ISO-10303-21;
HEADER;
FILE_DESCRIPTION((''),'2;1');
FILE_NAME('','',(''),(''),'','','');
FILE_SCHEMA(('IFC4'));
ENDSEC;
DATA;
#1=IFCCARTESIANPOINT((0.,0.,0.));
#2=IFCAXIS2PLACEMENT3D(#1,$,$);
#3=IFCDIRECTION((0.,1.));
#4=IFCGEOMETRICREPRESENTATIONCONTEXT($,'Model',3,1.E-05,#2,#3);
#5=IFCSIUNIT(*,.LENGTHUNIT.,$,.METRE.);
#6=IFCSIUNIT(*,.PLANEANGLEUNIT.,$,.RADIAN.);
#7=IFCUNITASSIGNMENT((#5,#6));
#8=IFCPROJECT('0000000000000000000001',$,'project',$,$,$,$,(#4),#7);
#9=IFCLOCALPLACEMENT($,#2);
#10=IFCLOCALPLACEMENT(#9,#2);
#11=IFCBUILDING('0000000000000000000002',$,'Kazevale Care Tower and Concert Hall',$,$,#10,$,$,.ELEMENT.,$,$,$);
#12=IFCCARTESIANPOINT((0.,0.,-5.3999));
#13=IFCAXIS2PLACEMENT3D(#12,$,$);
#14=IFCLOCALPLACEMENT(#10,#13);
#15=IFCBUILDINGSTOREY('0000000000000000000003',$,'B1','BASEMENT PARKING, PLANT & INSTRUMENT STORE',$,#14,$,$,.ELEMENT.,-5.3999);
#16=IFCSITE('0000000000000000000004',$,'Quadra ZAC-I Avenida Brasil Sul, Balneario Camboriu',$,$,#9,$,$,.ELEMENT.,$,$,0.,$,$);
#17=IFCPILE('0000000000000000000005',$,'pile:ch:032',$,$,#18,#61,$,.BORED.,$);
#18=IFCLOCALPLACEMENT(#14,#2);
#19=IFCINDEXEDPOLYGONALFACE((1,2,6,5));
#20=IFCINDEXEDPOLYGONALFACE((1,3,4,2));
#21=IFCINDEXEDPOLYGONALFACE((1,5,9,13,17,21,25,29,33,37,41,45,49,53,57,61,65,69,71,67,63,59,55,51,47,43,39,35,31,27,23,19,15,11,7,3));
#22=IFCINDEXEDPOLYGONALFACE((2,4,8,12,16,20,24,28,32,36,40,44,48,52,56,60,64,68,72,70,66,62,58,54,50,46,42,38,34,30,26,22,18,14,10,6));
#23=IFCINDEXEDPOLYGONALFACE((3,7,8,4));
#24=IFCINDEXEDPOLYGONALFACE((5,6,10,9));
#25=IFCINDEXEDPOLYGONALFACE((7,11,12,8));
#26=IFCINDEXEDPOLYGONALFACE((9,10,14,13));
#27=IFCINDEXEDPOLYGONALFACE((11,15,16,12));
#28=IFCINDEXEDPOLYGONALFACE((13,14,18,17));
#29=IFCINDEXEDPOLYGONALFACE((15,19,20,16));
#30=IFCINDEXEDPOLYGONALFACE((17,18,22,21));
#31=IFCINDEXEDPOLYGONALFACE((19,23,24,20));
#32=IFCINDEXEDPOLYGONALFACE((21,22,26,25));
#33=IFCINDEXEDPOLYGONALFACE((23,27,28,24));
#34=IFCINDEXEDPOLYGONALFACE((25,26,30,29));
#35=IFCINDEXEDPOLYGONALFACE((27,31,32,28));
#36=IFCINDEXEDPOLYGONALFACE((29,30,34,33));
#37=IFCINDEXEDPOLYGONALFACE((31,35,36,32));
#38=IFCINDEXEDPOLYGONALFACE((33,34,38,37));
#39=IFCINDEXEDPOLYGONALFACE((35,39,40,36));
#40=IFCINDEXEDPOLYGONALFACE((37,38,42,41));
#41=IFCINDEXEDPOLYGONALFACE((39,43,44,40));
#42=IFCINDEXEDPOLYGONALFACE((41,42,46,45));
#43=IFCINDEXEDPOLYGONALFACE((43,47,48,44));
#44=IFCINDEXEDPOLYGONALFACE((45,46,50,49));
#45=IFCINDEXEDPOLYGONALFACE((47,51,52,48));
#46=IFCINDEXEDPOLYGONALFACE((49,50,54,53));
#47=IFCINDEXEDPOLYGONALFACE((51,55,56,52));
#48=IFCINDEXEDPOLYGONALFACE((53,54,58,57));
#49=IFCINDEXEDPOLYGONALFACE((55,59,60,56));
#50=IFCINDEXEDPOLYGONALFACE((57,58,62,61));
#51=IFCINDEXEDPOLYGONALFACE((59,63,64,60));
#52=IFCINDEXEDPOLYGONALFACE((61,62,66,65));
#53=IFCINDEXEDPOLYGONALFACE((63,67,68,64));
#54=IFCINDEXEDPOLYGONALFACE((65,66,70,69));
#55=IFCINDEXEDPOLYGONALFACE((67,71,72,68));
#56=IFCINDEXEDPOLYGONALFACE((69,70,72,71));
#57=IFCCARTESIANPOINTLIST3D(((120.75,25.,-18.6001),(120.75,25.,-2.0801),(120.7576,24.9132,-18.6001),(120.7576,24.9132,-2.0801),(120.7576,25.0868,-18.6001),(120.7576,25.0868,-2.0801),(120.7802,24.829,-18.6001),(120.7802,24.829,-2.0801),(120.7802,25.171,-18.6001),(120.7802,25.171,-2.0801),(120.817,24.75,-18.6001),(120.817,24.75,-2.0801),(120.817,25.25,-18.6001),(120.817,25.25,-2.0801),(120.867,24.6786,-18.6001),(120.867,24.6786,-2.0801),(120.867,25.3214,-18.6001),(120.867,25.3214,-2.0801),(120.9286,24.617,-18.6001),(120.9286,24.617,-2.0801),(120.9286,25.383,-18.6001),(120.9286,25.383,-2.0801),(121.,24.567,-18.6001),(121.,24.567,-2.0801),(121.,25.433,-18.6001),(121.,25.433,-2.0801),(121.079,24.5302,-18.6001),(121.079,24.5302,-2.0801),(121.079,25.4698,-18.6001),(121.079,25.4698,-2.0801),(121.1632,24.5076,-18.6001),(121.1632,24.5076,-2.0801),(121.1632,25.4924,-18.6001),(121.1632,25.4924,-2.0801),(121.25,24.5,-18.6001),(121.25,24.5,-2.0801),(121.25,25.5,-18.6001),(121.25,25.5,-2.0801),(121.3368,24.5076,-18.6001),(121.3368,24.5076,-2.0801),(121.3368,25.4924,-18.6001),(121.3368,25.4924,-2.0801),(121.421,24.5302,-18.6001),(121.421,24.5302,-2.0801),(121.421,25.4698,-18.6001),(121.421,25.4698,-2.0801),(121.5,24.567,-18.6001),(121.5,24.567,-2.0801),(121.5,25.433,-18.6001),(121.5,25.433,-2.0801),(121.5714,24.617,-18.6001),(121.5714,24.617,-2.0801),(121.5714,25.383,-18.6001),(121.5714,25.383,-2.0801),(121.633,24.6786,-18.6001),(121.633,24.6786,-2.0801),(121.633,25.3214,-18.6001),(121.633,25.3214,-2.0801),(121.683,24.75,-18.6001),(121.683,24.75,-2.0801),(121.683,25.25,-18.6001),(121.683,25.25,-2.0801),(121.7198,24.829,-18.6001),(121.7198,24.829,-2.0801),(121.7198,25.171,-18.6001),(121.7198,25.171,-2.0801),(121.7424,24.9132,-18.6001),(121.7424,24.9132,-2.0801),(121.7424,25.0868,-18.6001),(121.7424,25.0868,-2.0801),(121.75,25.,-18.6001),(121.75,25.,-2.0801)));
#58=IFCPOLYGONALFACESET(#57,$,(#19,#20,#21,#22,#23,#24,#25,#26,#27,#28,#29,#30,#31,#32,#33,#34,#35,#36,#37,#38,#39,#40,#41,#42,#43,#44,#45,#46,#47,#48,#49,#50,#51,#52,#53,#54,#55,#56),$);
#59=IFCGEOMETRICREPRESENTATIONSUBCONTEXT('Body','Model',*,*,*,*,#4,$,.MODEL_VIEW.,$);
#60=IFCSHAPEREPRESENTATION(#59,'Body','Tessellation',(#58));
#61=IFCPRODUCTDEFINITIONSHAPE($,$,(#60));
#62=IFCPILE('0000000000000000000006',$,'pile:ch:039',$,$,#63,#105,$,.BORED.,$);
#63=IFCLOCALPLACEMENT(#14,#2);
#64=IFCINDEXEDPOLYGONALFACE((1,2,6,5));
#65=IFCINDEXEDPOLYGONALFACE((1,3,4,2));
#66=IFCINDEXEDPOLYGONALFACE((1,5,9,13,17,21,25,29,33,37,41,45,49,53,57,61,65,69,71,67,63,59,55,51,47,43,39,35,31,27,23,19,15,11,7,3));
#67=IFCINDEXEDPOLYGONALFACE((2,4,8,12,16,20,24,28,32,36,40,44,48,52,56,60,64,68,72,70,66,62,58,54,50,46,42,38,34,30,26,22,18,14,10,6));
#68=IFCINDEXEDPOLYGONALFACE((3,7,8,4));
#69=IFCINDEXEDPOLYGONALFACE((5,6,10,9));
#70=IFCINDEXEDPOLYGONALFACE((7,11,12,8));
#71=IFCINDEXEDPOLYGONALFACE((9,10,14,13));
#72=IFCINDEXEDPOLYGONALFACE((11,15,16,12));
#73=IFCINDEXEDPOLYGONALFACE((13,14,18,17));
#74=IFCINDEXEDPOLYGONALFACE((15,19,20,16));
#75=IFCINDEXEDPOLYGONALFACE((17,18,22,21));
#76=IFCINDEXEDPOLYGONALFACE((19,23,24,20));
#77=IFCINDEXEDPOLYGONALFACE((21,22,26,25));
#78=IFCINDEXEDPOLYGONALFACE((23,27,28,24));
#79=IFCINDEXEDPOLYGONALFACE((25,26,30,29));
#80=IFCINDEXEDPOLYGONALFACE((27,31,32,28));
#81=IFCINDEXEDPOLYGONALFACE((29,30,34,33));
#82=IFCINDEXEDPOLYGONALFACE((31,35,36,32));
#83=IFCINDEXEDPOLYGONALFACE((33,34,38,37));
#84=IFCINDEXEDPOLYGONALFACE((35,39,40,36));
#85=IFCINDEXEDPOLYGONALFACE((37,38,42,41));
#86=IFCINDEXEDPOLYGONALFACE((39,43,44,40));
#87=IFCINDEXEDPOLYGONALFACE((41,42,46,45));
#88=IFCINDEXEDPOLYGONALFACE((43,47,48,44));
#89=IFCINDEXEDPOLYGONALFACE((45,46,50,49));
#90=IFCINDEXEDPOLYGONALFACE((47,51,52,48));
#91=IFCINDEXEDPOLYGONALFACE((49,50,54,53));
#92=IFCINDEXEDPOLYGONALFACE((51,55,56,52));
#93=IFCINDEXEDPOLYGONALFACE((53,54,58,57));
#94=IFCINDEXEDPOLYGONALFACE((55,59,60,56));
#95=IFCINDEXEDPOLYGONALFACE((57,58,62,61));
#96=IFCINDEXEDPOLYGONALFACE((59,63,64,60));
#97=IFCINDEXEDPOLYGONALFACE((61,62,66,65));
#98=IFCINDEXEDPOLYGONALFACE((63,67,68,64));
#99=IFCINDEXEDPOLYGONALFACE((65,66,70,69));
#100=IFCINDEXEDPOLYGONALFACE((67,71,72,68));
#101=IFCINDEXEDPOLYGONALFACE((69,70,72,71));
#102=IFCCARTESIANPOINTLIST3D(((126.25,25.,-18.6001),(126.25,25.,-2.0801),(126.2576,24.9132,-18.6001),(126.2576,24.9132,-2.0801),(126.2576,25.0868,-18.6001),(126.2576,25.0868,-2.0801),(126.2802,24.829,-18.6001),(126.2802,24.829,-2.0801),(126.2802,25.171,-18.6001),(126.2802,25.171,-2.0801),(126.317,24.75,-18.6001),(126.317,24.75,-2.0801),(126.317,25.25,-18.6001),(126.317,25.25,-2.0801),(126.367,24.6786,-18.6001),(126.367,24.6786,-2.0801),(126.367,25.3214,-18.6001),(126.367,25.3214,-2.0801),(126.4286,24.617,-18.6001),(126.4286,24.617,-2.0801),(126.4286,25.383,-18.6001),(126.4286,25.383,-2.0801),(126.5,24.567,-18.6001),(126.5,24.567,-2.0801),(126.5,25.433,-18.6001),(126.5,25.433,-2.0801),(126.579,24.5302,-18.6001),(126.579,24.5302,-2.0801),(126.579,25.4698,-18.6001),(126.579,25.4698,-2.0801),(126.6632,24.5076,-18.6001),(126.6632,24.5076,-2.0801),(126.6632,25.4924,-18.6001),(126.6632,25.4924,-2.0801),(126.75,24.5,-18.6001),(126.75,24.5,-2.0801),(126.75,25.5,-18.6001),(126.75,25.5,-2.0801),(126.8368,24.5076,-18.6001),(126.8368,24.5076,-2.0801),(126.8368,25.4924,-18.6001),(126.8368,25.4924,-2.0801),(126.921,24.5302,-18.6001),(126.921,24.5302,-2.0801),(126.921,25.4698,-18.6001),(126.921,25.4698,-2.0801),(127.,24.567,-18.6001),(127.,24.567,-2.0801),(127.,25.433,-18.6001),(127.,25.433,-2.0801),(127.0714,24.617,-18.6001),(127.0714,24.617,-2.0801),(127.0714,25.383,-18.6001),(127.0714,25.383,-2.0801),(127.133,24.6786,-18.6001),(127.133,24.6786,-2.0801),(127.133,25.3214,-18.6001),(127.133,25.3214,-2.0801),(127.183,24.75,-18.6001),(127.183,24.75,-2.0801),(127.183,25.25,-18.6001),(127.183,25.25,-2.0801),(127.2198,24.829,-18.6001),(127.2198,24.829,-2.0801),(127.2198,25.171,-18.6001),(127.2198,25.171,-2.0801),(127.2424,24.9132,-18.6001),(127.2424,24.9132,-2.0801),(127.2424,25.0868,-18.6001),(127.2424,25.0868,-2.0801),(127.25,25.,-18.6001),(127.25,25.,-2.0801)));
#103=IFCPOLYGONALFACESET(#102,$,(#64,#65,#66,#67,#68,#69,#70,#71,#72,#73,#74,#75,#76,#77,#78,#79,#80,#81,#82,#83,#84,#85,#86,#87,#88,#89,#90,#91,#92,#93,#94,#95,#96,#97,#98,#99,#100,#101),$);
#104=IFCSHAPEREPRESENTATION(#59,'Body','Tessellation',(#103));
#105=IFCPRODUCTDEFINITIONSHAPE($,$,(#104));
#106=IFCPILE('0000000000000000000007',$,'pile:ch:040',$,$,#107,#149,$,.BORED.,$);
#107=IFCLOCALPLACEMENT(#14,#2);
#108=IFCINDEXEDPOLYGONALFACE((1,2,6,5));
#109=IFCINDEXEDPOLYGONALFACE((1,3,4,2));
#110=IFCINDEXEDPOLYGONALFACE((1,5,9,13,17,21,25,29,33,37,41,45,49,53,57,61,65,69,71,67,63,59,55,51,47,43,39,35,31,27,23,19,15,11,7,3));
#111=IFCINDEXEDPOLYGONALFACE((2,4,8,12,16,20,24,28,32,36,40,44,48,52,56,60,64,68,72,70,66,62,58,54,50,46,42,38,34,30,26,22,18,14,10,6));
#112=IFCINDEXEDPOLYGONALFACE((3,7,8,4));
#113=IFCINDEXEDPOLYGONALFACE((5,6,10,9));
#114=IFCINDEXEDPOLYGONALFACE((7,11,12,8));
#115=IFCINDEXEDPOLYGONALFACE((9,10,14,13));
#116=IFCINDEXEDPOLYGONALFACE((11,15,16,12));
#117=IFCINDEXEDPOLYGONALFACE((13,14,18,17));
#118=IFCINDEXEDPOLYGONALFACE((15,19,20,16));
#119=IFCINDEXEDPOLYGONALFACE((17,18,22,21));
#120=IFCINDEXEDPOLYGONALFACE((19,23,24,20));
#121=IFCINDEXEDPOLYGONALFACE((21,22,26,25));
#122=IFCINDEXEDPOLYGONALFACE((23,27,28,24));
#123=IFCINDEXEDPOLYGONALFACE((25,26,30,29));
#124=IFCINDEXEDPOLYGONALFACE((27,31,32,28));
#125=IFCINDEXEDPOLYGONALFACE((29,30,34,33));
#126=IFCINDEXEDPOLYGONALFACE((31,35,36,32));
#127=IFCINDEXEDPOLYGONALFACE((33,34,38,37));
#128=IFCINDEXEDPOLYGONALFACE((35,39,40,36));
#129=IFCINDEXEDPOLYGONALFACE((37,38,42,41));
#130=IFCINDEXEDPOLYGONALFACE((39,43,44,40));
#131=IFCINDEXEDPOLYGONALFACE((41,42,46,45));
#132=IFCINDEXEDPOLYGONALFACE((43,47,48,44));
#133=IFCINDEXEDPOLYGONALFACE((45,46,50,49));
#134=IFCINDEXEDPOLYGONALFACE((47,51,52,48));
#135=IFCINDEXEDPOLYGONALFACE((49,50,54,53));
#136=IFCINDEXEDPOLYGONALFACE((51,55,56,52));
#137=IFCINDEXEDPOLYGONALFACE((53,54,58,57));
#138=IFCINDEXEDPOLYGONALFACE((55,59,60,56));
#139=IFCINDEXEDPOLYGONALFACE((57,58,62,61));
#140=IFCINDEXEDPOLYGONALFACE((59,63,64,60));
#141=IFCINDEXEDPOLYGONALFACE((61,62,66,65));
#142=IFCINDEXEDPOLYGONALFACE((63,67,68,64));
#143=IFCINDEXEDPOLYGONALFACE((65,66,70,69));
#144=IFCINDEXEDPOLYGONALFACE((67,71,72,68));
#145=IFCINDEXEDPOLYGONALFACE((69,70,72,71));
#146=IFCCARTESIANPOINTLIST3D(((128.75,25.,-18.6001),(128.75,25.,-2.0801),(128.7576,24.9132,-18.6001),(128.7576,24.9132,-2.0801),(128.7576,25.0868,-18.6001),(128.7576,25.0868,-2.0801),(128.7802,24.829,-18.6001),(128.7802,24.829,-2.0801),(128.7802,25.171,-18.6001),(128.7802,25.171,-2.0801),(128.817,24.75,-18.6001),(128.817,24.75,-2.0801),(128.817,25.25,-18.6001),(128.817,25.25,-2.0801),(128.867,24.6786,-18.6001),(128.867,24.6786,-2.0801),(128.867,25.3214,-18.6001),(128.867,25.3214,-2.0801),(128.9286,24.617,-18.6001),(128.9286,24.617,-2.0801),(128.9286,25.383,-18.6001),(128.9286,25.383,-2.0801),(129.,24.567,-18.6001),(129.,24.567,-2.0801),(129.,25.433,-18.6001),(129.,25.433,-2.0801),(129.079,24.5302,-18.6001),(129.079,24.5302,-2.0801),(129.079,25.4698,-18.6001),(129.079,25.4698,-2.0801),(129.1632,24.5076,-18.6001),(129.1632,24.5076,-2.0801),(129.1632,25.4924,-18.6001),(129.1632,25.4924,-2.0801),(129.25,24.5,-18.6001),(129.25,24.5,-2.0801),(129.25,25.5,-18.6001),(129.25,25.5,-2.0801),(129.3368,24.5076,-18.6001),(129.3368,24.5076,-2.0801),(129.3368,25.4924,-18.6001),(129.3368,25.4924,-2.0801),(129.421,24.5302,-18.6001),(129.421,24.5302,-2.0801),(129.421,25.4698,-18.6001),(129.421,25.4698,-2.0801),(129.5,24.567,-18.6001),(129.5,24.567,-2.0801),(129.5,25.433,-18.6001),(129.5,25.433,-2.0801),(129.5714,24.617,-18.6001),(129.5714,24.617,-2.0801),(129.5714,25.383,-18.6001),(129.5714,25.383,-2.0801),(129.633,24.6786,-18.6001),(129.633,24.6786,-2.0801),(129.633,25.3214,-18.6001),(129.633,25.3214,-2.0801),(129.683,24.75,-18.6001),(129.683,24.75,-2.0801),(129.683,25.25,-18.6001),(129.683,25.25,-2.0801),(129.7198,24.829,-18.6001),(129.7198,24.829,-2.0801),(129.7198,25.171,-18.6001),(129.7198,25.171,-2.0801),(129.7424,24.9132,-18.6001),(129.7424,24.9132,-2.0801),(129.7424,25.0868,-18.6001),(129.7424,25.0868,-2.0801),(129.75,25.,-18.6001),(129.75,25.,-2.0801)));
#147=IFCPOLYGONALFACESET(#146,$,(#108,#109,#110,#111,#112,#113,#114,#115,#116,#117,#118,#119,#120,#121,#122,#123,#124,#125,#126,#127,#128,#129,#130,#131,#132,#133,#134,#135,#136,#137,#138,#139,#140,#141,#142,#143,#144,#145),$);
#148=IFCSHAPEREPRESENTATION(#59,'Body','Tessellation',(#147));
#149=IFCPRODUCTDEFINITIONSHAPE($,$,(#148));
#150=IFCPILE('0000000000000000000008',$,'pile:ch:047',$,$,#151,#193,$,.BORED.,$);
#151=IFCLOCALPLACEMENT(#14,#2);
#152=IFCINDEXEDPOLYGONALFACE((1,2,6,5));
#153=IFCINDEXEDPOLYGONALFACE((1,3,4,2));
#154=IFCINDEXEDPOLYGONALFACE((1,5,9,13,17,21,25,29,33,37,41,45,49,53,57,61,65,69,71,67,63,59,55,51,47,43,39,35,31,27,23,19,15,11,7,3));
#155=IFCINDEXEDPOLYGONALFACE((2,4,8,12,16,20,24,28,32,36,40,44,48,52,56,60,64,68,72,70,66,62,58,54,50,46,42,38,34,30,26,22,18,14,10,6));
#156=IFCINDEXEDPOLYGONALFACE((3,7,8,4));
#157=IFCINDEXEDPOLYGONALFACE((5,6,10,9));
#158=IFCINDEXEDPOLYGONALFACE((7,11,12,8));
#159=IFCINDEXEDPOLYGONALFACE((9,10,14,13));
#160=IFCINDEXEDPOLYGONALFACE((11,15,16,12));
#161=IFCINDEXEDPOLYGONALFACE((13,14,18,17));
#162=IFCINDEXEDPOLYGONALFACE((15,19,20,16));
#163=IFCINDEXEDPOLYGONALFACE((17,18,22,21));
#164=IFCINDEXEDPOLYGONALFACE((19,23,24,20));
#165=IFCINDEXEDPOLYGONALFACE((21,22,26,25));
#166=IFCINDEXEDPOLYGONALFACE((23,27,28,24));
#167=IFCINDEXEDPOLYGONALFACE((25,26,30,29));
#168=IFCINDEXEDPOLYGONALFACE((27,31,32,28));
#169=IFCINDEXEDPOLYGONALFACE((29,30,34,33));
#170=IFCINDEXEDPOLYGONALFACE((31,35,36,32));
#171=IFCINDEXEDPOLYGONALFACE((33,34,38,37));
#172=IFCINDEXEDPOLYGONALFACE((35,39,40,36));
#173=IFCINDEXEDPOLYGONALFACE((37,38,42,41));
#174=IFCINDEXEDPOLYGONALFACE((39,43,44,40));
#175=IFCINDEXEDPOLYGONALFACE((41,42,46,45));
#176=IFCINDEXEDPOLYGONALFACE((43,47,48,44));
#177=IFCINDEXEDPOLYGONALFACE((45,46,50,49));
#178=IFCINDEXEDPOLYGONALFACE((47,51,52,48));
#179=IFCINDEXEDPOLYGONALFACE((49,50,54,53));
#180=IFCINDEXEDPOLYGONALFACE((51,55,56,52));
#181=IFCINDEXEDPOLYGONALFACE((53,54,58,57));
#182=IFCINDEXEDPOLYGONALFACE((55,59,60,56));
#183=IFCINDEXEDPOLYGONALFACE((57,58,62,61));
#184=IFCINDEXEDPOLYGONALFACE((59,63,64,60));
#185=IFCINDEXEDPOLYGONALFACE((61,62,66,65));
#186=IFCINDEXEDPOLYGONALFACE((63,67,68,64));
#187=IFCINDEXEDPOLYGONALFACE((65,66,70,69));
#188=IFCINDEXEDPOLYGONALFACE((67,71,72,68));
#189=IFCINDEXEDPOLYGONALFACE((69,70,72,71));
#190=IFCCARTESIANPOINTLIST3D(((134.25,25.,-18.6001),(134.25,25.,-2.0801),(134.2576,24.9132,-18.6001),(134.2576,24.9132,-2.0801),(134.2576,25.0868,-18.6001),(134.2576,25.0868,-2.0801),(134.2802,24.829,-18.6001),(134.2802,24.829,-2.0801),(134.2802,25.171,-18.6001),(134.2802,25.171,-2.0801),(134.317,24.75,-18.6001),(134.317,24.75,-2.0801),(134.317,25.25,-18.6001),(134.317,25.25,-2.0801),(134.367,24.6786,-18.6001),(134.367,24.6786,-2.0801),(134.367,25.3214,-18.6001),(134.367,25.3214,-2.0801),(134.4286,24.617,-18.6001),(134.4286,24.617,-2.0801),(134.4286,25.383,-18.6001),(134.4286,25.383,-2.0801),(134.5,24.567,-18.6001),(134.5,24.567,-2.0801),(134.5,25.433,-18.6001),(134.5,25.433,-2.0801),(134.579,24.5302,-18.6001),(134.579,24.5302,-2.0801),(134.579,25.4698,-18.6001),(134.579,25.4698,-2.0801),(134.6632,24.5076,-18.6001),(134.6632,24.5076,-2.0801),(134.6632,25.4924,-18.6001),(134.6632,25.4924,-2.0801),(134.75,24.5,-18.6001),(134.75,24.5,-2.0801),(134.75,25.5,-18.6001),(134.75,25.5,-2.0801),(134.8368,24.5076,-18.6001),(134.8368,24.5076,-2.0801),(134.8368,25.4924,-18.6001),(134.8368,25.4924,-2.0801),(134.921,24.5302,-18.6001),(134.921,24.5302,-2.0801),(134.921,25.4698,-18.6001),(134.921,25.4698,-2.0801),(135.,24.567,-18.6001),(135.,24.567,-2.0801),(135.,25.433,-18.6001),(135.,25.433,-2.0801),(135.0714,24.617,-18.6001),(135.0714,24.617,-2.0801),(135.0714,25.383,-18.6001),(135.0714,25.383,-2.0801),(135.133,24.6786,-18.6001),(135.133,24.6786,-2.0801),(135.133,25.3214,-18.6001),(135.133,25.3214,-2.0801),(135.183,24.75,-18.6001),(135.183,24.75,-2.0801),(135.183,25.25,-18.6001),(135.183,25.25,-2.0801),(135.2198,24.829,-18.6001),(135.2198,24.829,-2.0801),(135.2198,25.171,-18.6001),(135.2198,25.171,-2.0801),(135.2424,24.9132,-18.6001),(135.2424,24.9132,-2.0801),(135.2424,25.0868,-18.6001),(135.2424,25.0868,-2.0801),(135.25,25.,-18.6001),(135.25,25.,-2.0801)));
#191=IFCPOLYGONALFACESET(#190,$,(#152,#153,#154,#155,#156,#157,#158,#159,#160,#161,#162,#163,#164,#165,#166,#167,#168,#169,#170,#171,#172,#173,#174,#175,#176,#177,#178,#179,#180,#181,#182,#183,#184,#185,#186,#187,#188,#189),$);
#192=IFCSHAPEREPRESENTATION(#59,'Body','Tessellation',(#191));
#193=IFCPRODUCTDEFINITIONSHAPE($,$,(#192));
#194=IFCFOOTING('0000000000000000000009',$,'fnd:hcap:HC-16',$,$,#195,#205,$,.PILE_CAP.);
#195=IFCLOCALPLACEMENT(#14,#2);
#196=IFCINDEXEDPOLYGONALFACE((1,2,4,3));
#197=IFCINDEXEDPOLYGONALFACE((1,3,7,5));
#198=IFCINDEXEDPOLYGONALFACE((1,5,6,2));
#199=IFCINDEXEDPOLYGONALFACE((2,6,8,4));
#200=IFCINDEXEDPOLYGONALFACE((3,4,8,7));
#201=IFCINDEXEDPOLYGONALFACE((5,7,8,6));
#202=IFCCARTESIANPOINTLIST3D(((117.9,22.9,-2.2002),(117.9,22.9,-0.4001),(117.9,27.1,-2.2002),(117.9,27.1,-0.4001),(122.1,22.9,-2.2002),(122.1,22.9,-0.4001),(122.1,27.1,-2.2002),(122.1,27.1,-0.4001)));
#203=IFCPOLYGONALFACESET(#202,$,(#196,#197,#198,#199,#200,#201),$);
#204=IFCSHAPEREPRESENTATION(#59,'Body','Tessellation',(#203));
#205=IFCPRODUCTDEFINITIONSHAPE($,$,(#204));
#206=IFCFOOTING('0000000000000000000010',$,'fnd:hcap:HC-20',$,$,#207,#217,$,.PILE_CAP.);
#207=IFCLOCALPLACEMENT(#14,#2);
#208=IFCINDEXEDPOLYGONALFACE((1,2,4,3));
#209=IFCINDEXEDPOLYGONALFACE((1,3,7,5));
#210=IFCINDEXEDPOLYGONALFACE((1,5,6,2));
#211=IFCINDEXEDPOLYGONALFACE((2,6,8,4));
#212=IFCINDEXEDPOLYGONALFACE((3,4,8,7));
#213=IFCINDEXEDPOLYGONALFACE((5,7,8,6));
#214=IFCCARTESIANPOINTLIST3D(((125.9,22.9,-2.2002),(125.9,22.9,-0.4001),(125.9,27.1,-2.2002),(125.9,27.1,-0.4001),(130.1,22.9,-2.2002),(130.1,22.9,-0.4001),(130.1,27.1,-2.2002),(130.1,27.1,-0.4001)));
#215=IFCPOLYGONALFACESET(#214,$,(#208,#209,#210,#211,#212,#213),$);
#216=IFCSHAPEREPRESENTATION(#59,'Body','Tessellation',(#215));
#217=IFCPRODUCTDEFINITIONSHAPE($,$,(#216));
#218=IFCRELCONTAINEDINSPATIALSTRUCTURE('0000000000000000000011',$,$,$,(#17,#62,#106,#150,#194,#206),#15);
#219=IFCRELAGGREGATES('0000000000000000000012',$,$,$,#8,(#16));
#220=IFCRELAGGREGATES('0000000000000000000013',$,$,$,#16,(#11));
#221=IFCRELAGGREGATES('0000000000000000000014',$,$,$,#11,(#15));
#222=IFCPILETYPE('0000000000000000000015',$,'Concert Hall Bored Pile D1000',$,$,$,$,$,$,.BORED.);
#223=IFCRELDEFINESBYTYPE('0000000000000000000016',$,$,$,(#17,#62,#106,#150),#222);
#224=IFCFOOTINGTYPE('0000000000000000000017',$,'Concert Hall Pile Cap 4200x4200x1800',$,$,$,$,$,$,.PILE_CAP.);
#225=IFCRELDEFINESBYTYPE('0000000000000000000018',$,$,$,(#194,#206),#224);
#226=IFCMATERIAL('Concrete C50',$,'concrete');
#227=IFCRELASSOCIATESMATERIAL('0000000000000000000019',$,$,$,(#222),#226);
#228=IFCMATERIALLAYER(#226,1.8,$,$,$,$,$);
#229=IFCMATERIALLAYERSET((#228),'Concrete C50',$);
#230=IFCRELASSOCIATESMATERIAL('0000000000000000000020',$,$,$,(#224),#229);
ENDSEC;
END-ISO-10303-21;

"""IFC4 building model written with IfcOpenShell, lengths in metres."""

from ifc_helpers import new_model, si_unit, direction, frame, origin, origin_2d, place, context, subcontext, project, spatial, rectangle, circle, extrude, material, layer, layer_set, material_profile, profile_set, type_object, element, save


model = new_model("IFC4")

# Units and contexts
model_context = context("Model", 3, precision=1e-05, world=origin(), true_north=direction((0.0, 1.0)))
body_context = subcontext(model_context, "Body", "Model", "MODEL_VIEW")
ifc_project = project(units=[si_unit("LENGTHUNIT", "METRE"), si_unit("PLANEANGLEUNIT", "RADIAN")], contexts=[model_context])

# Site, building, storey
site_placement = place(None, origin())
site = spatial("IfcSite", under=ifc_project, at=site_placement, Name="Quadra ZAC-I Avenida Brasil Sul, Balneario Camboriu", CompositionType="ELEMENT", RefElevation=0.0)
building_placement = place(site_placement, origin())
building = spatial("IfcBuilding", under=site, at=building_placement, Name="Kazevale Care Tower and Concert Hall", CompositionType="ELEMENT")
storey_placement = place(building_placement, frame((0.0, 0.0, -5.3999)))
storey = spatial("IfcBuildingStorey", under=building, at=storey_placement, Name="B1", Description="BASEMENT PARKING, PLANT & INSTRUMENT STORE", CompositionType="ELEMENT", Elevation=-5.3999)

# Piles
ifc_material_1 = material(Name="Concrete C50", Category="concrete")
ifc_material_profile_1 = material_profile(ifc_material_1, circle(Radius=0.5, at=origin_2d()), Name="PILE-D1000")
ifc_profile_set_1 = profile_set([ifc_material_profile_1], Name="Concrete C50")
pile_type = type_object("IfcPileType", Name="Concert Hall Bored Pile D1000", PredefinedType="BORED", material=ifc_profile_set_1)
for number, where, z_axis, x_axis, name in (
    (1, (121.25, 25.0, -2.0801), (0.0, 0.0, -1.0), (1.0, 0.0, 0.0), "pile:ch:032"),
    (2, (126.75, 25.0, -2.0801), (0.0, 0.0, -1.0), (1.0, 0.0, 0.0), "pile:ch:039"),
    (3, (129.25, 25.0, -2.0801), (0.0, 0.0, -1.0), (1.0, 0.0, 0.0), "pile:ch:040"),
    (4, (134.75, 25.0, -2.0801), (0.0, 0.0, -1.0), (1.0, 0.0, 0.0), "pile:ch:047"),
):
    element("IfcPile", number, at=place(storey_placement, frame(where, z_axis=z_axis, x_axis=x_axis)), inside=storey, type_object=pile_type, Name=name, PredefinedType="BORED", context=body_context, shape_type="SweptSolid", body=[
        extrude(circle(Radius=0.5, at=origin_2d()), origin(), (0.0, 0.0, 1.0), 16.52),
    ])

# Footings
ifc_layer_1 = layer(ifc_material_1, 1.8)
ifc_layer_set_1 = layer_set([ifc_layer_1], Name="Concrete C50")
footing_type_1 = type_object("IfcFootingType", Name="Concert Hall Pile Cap 4200x4200x1800", PredefinedType="PILE_CAP", material=ifc_layer_set_1)
for number, where, z_axis, x_axis, name in (
    (5, (120.0, 25.0, -2.2002), (0.0, 0.0, 1.0), (1.0, 0.0, 0.0), "fnd:hcap:HC-16"),
    (6, (128.0, 25.0, -2.2002), (0.0, 0.0, 1.0), (1.0, 0.0, 0.0), "fnd:hcap:HC-20"),
):
    element("IfcFooting", number, at=place(storey_placement, frame(where, z_axis=z_axis, x_axis=x_axis)), inside=storey, type_object=footing_type_1, Name=name, PredefinedType="PILE_CAP", context=body_context, shape_type="SweptSolid", body=[
        extrude(rectangle(XDim=4.2, YDim=4.2, at=origin_2d()), origin(), (0.0, 0.0, 1.0), 1.8),
    ])

save(model, "model.ifc")
